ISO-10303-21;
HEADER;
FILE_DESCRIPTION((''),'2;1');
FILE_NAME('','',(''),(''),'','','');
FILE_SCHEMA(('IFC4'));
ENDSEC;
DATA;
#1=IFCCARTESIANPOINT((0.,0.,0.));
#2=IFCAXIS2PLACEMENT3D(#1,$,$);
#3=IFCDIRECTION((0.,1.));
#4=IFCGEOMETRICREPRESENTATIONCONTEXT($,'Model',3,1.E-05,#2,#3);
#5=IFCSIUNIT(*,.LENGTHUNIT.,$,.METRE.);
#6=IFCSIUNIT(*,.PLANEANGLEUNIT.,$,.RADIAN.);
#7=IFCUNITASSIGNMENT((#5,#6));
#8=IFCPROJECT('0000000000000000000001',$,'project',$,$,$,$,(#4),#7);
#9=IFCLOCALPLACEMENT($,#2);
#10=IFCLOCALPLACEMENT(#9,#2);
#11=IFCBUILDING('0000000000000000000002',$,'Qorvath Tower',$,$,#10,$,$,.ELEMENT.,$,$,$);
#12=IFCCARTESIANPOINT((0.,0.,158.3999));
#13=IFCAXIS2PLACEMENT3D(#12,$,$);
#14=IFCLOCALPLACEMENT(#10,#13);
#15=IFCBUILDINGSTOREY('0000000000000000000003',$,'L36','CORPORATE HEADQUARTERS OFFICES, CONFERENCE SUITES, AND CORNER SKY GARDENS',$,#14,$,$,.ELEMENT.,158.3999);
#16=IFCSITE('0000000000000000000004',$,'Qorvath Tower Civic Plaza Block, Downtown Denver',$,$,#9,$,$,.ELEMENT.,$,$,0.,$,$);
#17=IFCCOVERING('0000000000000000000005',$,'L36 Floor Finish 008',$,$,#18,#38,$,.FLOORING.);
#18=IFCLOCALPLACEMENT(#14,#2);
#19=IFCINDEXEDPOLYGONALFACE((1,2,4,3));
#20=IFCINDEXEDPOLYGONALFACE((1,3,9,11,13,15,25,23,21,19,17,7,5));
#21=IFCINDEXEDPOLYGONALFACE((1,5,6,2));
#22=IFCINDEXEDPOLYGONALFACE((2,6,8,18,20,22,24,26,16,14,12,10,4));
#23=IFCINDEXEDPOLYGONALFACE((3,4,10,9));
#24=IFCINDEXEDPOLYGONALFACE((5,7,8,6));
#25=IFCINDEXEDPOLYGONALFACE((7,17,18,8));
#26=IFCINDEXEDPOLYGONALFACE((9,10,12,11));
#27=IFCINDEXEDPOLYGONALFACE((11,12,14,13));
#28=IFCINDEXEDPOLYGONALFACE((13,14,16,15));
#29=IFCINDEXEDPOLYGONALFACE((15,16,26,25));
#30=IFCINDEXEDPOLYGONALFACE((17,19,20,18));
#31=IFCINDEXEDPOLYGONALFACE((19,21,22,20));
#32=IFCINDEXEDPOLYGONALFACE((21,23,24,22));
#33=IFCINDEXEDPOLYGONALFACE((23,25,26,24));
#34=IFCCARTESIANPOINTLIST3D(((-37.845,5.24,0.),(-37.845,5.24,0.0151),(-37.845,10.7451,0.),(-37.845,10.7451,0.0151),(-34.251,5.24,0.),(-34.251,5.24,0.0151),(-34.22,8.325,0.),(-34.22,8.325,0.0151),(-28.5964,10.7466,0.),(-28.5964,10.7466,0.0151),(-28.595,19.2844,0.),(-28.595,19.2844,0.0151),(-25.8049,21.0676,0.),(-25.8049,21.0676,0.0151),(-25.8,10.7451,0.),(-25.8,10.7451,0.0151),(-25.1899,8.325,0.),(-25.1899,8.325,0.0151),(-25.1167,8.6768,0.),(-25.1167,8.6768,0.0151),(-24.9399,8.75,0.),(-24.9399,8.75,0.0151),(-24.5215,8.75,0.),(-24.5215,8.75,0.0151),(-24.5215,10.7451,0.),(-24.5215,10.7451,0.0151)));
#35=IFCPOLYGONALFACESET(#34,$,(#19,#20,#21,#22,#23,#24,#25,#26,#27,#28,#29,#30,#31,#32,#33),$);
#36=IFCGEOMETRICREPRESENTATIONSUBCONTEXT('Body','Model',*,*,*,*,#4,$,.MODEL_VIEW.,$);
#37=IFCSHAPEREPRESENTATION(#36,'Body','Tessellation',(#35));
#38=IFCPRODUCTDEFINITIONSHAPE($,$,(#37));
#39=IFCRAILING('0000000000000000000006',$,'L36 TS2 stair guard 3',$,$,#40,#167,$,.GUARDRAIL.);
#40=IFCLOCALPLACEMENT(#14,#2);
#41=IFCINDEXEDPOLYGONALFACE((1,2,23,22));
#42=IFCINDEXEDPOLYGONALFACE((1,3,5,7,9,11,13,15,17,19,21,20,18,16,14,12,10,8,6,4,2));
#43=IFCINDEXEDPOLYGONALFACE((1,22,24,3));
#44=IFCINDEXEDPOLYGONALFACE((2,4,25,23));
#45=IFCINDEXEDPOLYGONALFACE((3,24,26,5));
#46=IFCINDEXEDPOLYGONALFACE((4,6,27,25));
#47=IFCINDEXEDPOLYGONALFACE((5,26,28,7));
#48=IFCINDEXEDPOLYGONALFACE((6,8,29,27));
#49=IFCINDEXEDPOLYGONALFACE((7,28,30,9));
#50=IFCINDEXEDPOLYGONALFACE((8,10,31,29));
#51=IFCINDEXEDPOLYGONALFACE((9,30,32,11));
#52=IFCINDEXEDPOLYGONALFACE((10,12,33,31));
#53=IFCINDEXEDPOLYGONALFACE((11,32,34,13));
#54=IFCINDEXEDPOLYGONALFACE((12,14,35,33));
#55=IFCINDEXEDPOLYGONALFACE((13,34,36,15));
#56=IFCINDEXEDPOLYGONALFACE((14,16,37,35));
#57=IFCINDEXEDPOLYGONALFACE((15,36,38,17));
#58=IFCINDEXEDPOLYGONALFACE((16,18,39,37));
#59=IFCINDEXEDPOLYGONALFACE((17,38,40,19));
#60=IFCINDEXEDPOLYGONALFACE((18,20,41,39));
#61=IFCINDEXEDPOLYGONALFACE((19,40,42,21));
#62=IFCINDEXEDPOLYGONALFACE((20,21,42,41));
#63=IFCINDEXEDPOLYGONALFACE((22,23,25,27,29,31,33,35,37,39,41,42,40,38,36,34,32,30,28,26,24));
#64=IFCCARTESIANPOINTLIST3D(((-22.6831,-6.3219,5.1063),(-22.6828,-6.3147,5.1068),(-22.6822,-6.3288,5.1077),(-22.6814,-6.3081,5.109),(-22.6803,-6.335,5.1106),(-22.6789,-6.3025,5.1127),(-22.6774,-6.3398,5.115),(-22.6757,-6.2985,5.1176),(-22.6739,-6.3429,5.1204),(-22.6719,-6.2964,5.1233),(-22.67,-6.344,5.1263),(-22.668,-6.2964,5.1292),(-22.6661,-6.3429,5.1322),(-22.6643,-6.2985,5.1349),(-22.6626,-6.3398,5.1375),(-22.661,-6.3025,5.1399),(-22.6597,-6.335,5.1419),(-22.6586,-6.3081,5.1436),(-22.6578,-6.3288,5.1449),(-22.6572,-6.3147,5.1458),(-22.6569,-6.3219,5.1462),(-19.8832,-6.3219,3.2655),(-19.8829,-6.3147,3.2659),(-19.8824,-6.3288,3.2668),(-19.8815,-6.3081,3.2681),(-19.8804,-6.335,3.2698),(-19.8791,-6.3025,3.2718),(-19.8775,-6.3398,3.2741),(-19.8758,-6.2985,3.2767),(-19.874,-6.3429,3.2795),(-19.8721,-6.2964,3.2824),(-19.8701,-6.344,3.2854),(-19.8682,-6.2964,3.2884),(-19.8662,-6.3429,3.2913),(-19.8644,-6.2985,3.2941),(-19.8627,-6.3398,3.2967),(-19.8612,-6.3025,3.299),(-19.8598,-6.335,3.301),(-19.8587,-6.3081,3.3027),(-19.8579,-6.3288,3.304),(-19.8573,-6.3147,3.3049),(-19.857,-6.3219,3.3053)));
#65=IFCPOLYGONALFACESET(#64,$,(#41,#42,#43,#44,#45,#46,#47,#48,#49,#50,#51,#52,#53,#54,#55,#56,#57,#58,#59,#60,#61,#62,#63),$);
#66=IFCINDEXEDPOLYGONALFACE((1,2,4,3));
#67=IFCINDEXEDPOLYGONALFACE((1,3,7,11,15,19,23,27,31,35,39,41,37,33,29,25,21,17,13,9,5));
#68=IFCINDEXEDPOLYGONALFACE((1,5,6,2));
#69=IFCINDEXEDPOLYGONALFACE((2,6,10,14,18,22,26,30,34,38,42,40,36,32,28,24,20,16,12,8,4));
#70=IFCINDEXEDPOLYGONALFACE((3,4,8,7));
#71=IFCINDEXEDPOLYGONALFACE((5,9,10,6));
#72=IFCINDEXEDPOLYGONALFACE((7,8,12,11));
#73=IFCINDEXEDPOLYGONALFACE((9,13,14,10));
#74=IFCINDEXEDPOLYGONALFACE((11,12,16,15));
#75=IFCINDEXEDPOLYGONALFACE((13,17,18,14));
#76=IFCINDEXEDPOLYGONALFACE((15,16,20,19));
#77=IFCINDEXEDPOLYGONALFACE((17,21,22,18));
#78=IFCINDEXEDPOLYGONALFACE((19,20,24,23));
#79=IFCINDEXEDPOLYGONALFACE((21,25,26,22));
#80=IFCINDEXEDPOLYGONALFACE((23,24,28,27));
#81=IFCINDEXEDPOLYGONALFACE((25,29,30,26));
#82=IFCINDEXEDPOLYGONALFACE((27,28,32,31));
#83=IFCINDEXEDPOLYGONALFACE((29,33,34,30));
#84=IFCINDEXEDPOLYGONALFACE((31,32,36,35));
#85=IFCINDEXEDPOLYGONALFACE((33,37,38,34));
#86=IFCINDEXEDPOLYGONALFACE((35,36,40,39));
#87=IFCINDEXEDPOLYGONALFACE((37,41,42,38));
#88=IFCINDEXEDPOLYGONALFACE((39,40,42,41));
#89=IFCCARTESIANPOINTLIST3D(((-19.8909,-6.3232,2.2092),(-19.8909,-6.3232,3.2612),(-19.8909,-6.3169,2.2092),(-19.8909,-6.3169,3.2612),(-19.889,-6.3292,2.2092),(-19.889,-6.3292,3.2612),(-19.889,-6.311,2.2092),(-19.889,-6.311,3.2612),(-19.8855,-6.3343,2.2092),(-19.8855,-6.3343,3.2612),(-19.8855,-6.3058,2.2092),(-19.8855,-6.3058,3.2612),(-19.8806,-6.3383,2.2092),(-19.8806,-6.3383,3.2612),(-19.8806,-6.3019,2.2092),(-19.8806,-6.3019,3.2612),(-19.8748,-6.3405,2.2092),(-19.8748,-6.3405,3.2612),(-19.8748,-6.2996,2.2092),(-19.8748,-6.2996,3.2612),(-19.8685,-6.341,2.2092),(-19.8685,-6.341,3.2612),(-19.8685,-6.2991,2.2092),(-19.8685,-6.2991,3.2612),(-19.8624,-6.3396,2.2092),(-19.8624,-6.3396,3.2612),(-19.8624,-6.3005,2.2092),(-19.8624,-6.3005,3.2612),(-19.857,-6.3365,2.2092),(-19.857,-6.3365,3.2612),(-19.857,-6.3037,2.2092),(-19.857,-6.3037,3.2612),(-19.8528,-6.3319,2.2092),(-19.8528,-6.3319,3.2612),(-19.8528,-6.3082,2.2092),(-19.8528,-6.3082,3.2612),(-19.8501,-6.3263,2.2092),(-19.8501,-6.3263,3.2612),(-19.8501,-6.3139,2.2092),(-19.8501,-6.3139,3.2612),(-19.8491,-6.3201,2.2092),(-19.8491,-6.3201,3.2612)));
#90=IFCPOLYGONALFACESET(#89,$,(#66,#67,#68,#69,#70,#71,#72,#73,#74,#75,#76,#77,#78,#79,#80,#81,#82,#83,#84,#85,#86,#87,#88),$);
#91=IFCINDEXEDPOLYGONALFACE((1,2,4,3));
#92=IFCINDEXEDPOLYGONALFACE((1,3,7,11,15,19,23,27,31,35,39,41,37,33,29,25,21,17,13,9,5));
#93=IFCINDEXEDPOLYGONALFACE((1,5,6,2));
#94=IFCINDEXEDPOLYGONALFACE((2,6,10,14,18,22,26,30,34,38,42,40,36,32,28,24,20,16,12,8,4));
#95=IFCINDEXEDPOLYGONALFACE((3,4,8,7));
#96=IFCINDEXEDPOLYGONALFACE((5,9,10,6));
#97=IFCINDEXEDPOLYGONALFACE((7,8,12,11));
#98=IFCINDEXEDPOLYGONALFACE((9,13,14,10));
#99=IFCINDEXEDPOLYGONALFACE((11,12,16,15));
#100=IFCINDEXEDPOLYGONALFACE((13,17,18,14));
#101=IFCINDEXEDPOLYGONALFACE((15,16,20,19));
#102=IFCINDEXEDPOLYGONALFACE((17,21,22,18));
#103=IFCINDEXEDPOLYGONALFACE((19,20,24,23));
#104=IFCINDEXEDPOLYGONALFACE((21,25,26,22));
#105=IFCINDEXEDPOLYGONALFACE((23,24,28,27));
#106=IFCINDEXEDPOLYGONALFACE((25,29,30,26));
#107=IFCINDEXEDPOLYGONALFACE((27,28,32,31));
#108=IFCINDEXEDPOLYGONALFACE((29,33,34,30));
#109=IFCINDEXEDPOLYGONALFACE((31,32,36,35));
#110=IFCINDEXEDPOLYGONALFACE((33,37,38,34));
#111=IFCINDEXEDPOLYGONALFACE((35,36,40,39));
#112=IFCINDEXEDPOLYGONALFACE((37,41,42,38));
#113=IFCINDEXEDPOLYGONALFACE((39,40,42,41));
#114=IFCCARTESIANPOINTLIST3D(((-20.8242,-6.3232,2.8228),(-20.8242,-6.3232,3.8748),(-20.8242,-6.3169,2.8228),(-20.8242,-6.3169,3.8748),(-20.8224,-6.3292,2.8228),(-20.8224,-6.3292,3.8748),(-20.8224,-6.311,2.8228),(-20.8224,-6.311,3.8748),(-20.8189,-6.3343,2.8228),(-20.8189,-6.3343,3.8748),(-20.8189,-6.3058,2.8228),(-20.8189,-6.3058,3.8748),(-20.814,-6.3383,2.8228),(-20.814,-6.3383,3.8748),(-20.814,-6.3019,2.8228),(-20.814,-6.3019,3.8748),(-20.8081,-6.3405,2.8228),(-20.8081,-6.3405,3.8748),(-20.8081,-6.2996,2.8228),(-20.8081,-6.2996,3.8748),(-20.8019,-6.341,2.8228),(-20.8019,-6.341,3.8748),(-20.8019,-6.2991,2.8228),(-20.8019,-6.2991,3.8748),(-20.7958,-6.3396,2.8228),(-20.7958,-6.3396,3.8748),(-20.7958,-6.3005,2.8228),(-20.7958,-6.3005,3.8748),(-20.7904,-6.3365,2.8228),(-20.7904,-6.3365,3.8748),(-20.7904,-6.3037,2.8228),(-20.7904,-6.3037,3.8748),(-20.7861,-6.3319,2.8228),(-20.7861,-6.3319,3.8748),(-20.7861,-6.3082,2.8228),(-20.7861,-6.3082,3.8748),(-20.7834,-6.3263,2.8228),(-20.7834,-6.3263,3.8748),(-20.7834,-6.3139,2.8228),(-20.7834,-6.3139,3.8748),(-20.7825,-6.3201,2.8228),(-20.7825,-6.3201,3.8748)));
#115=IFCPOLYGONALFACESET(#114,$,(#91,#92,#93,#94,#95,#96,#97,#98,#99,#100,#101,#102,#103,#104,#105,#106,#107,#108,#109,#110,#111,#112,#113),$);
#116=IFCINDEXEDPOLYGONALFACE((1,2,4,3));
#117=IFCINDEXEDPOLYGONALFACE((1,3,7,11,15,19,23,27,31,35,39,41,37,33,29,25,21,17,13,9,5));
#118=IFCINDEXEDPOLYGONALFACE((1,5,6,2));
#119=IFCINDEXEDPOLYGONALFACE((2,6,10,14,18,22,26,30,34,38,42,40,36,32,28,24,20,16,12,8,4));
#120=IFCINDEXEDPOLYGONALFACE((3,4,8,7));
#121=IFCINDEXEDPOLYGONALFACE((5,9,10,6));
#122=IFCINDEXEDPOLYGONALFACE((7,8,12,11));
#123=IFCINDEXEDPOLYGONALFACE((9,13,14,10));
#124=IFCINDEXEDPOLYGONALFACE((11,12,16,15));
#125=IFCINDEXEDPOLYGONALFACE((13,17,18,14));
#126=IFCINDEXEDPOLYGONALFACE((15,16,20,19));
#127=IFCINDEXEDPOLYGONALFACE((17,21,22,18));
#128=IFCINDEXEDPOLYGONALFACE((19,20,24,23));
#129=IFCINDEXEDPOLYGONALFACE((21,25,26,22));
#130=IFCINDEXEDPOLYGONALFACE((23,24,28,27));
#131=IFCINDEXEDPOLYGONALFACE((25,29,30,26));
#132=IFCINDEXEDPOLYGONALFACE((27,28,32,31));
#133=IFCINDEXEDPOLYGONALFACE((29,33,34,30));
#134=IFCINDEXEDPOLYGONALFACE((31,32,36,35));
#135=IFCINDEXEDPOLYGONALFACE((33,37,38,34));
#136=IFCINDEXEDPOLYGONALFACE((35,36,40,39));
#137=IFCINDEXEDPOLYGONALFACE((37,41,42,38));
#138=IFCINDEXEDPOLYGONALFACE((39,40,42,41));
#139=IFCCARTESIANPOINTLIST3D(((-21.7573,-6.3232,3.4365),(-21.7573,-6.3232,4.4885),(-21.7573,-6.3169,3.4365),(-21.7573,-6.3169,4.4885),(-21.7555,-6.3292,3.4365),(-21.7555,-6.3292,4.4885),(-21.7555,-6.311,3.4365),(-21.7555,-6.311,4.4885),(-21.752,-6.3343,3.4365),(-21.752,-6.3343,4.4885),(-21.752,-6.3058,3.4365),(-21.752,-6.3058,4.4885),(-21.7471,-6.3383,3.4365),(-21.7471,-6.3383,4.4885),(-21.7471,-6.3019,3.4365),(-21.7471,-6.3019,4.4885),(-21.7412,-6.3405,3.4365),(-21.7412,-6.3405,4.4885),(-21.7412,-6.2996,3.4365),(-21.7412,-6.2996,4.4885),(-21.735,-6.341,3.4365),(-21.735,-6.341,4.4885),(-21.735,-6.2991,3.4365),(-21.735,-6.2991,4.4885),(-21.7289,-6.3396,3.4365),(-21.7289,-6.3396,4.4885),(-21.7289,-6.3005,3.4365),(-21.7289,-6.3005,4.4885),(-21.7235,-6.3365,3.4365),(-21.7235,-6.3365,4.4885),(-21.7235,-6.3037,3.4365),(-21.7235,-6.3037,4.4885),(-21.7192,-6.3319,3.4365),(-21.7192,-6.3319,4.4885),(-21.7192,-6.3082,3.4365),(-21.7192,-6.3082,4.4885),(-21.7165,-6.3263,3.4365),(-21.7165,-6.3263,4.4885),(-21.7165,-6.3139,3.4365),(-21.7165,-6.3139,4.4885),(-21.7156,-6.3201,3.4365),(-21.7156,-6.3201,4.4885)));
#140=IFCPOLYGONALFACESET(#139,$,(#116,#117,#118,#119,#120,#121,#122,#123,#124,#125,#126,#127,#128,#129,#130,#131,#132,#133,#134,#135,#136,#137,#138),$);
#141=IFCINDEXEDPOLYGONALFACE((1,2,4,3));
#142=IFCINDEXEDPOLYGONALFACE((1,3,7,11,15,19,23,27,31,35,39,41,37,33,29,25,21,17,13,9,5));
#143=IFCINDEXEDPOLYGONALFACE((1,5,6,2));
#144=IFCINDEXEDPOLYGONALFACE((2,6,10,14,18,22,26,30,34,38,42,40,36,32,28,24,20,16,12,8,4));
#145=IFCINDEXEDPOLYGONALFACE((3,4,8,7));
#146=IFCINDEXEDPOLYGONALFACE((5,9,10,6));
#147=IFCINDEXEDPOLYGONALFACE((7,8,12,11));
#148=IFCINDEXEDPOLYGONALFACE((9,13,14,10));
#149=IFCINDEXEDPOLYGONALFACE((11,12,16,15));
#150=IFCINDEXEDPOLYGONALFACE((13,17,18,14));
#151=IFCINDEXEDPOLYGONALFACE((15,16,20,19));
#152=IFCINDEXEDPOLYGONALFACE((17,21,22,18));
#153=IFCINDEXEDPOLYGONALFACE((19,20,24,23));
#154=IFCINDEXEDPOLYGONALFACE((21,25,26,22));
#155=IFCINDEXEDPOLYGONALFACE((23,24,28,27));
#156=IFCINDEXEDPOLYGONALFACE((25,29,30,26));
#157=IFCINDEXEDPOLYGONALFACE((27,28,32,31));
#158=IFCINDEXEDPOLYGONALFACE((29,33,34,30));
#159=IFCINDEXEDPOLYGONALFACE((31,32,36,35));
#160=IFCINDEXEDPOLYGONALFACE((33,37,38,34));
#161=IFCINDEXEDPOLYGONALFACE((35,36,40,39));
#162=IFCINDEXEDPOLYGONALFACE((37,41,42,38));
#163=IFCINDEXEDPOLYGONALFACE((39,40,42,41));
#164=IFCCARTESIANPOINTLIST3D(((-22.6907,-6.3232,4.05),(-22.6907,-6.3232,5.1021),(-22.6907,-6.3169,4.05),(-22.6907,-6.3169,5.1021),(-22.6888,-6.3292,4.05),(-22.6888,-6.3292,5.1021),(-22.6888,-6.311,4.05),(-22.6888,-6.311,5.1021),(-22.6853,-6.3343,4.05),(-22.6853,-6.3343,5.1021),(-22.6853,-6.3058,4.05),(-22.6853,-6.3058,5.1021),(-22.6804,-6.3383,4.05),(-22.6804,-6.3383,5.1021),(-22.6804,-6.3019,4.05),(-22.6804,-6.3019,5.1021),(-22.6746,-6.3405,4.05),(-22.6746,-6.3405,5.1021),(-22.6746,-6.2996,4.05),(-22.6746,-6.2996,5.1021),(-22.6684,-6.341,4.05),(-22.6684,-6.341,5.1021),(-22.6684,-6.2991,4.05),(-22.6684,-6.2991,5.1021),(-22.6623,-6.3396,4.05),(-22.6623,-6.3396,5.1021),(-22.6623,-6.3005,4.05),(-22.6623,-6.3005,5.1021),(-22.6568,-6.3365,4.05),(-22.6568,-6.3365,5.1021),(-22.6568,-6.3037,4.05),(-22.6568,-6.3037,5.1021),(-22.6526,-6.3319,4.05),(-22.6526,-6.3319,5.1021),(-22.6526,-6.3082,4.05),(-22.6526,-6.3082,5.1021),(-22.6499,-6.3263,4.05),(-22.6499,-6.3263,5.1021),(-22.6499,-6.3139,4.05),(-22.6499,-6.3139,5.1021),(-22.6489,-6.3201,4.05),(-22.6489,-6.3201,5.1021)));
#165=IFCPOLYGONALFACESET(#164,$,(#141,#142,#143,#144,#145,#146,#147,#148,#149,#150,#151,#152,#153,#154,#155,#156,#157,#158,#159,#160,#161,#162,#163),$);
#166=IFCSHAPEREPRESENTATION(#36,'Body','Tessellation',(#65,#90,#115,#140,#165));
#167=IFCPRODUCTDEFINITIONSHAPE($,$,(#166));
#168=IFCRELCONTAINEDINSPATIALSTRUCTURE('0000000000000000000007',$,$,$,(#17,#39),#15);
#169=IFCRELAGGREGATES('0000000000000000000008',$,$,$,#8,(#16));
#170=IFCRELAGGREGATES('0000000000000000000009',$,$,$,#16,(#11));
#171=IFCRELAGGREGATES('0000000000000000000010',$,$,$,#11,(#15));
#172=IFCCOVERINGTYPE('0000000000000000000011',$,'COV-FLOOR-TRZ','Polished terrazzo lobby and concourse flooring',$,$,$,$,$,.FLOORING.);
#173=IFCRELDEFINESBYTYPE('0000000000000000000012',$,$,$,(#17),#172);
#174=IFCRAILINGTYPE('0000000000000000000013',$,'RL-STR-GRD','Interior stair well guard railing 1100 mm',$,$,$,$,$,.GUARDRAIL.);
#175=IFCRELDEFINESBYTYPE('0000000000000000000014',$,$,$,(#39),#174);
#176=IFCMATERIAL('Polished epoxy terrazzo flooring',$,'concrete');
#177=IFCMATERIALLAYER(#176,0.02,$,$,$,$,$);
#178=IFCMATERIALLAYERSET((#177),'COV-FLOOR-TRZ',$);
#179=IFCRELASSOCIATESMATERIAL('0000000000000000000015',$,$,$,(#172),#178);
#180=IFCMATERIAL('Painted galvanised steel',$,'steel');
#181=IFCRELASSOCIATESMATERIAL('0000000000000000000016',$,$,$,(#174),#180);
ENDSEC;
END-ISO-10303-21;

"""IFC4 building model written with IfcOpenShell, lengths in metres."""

from ifc_helpers import new_model, si_unit, direction, frame, origin, origin_2d, place, context, subcontext, project, spatial, polyline, circle, outline, extrude, material, layer, layer_set, type_object, element, save


model = new_model("IFC4")

# Units and contexts
model_context = context("Model", 3, precision=1e-05, world=origin(), true_north=direction((0.0, 1.0)))
body_context = subcontext(model_context, "Body", "Model", "MODEL_VIEW")
ifc_project = project(units=[si_unit("LENGTHUNIT", "METRE"), si_unit("PLANEANGLEUNIT", "RADIAN")], contexts=[model_context])

# Site, building, storey
site_placement = place(None, origin())
site = spatial("IfcSite", under=ifc_project, at=site_placement, Name="Qorvath Tower Civic Plaza Block, Downtown Denver", CompositionType="ELEMENT", RefElevation=0.0)
building_placement = place(site_placement, origin())
building = spatial("IfcBuilding", under=site, at=building_placement, Name="Qorvath Tower", CompositionType="ELEMENT")
storey_placement = place(building_placement, frame((0.0, 0.0, 158.3999)))
storey = spatial("IfcBuildingStorey", under=building, at=storey_placement, Name="L36", Description="CORPORATE HEADQUARTERS OFFICES, CONFERENCE SUITES, AND CORNER SKY GARDENS", CompositionType="ELEMENT", Elevation=158.3999)

# Covering
ifc_material_1 = material(Name="Polished epoxy terrazzo flooring", Category="concrete")
ifc_layer_1 = layer(ifc_material_1, 0.02)
ifc_layer_set_1 = layer_set([ifc_layer_1], Name="COV-FLOOR-TRZ")
covering_type_1 = type_object("IfcCoveringType", Name="COV-FLOOR-TRZ", Description="Polished terrazzo lobby and concourse flooring", PredefinedType="FLOORING", material=ifc_layer_set_1)
covering_1_placement = place(storey_placement, origin())
element("IfcCovering", 1, at=covering_1_placement, inside=storey, type_object=covering_type_1, Name="L36 Floor Finish 008", PredefinedType="FLOORING", context=body_context, shape_type="SweptSolid", body=[
    extrude(outline(polyline([(-24.5215, 8.75), (-24.5215, 10.7451), (-25.8, 10.7451), (-25.8049, 21.0676), (-28.595, 19.2844), (-28.5964, 10.7466), (-37.845, 10.7451), (-37.845, 5.24), (-34.251, 5.24), (-34.22, 8.325), (-25.1899, 8.325), (-25.1167, 8.6768), (-24.9399, 8.75), (-24.5215, 8.75)])), origin(), (0.0, 0.0, 1.0), 0.0151),
])

# Railing
ifc_material_2 = material(Name="Painted galvanised steel", Category="steel")
railing_type_1 = type_object("IfcRailingType", Name="RL-STR-GRD", Description="Interior stair well guard railing 1100 mm", PredefinedType="GUARDRAIL", material=ifc_material_2)
railing_1_placement = place(storey_placement, frame((-19.8701, -6.3201, 2.2092)))
element("IfcRailing", 2, at=railing_1_placement, inside=storey, type_object=railing_type_1, Name="L36 TS2 stair guard 3", PredefinedType="GUARDRAIL", context=body_context, shape_type="SweptSolid", body=[
    extrude(circle(Radius=0.0239, at=origin_2d()), frame((0.0, 0.0, 1.0762), z_axis=(-0.835576, 0.0, 0.549376), x_axis=(0.0, -1.0, 0.0)), (0.0, 0.0, 1.0), 3.3508),
    extrude(circle(Radius=0.021, at=origin_2d()), origin(), (0.0, 0.0, 1.0), 1.052),
    extrude(circle(Radius=0.021, at=origin_2d()), frame((-0.9333, 0.0, 0.6135)), (0.0, 0.0, 1.0), 1.052),
    extrude(circle(Radius=0.021, at=origin_2d()), frame((-1.8665, 0.0, 1.2273)), (0.0, 0.0, 1.0), 1.052),
    extrude(circle(Radius=0.021, at=origin_2d()), frame((-2.7998, 0.0, 1.8408)), (0.0, 0.0, 1.0), 1.052),
])

save(model, "model.ifc")
